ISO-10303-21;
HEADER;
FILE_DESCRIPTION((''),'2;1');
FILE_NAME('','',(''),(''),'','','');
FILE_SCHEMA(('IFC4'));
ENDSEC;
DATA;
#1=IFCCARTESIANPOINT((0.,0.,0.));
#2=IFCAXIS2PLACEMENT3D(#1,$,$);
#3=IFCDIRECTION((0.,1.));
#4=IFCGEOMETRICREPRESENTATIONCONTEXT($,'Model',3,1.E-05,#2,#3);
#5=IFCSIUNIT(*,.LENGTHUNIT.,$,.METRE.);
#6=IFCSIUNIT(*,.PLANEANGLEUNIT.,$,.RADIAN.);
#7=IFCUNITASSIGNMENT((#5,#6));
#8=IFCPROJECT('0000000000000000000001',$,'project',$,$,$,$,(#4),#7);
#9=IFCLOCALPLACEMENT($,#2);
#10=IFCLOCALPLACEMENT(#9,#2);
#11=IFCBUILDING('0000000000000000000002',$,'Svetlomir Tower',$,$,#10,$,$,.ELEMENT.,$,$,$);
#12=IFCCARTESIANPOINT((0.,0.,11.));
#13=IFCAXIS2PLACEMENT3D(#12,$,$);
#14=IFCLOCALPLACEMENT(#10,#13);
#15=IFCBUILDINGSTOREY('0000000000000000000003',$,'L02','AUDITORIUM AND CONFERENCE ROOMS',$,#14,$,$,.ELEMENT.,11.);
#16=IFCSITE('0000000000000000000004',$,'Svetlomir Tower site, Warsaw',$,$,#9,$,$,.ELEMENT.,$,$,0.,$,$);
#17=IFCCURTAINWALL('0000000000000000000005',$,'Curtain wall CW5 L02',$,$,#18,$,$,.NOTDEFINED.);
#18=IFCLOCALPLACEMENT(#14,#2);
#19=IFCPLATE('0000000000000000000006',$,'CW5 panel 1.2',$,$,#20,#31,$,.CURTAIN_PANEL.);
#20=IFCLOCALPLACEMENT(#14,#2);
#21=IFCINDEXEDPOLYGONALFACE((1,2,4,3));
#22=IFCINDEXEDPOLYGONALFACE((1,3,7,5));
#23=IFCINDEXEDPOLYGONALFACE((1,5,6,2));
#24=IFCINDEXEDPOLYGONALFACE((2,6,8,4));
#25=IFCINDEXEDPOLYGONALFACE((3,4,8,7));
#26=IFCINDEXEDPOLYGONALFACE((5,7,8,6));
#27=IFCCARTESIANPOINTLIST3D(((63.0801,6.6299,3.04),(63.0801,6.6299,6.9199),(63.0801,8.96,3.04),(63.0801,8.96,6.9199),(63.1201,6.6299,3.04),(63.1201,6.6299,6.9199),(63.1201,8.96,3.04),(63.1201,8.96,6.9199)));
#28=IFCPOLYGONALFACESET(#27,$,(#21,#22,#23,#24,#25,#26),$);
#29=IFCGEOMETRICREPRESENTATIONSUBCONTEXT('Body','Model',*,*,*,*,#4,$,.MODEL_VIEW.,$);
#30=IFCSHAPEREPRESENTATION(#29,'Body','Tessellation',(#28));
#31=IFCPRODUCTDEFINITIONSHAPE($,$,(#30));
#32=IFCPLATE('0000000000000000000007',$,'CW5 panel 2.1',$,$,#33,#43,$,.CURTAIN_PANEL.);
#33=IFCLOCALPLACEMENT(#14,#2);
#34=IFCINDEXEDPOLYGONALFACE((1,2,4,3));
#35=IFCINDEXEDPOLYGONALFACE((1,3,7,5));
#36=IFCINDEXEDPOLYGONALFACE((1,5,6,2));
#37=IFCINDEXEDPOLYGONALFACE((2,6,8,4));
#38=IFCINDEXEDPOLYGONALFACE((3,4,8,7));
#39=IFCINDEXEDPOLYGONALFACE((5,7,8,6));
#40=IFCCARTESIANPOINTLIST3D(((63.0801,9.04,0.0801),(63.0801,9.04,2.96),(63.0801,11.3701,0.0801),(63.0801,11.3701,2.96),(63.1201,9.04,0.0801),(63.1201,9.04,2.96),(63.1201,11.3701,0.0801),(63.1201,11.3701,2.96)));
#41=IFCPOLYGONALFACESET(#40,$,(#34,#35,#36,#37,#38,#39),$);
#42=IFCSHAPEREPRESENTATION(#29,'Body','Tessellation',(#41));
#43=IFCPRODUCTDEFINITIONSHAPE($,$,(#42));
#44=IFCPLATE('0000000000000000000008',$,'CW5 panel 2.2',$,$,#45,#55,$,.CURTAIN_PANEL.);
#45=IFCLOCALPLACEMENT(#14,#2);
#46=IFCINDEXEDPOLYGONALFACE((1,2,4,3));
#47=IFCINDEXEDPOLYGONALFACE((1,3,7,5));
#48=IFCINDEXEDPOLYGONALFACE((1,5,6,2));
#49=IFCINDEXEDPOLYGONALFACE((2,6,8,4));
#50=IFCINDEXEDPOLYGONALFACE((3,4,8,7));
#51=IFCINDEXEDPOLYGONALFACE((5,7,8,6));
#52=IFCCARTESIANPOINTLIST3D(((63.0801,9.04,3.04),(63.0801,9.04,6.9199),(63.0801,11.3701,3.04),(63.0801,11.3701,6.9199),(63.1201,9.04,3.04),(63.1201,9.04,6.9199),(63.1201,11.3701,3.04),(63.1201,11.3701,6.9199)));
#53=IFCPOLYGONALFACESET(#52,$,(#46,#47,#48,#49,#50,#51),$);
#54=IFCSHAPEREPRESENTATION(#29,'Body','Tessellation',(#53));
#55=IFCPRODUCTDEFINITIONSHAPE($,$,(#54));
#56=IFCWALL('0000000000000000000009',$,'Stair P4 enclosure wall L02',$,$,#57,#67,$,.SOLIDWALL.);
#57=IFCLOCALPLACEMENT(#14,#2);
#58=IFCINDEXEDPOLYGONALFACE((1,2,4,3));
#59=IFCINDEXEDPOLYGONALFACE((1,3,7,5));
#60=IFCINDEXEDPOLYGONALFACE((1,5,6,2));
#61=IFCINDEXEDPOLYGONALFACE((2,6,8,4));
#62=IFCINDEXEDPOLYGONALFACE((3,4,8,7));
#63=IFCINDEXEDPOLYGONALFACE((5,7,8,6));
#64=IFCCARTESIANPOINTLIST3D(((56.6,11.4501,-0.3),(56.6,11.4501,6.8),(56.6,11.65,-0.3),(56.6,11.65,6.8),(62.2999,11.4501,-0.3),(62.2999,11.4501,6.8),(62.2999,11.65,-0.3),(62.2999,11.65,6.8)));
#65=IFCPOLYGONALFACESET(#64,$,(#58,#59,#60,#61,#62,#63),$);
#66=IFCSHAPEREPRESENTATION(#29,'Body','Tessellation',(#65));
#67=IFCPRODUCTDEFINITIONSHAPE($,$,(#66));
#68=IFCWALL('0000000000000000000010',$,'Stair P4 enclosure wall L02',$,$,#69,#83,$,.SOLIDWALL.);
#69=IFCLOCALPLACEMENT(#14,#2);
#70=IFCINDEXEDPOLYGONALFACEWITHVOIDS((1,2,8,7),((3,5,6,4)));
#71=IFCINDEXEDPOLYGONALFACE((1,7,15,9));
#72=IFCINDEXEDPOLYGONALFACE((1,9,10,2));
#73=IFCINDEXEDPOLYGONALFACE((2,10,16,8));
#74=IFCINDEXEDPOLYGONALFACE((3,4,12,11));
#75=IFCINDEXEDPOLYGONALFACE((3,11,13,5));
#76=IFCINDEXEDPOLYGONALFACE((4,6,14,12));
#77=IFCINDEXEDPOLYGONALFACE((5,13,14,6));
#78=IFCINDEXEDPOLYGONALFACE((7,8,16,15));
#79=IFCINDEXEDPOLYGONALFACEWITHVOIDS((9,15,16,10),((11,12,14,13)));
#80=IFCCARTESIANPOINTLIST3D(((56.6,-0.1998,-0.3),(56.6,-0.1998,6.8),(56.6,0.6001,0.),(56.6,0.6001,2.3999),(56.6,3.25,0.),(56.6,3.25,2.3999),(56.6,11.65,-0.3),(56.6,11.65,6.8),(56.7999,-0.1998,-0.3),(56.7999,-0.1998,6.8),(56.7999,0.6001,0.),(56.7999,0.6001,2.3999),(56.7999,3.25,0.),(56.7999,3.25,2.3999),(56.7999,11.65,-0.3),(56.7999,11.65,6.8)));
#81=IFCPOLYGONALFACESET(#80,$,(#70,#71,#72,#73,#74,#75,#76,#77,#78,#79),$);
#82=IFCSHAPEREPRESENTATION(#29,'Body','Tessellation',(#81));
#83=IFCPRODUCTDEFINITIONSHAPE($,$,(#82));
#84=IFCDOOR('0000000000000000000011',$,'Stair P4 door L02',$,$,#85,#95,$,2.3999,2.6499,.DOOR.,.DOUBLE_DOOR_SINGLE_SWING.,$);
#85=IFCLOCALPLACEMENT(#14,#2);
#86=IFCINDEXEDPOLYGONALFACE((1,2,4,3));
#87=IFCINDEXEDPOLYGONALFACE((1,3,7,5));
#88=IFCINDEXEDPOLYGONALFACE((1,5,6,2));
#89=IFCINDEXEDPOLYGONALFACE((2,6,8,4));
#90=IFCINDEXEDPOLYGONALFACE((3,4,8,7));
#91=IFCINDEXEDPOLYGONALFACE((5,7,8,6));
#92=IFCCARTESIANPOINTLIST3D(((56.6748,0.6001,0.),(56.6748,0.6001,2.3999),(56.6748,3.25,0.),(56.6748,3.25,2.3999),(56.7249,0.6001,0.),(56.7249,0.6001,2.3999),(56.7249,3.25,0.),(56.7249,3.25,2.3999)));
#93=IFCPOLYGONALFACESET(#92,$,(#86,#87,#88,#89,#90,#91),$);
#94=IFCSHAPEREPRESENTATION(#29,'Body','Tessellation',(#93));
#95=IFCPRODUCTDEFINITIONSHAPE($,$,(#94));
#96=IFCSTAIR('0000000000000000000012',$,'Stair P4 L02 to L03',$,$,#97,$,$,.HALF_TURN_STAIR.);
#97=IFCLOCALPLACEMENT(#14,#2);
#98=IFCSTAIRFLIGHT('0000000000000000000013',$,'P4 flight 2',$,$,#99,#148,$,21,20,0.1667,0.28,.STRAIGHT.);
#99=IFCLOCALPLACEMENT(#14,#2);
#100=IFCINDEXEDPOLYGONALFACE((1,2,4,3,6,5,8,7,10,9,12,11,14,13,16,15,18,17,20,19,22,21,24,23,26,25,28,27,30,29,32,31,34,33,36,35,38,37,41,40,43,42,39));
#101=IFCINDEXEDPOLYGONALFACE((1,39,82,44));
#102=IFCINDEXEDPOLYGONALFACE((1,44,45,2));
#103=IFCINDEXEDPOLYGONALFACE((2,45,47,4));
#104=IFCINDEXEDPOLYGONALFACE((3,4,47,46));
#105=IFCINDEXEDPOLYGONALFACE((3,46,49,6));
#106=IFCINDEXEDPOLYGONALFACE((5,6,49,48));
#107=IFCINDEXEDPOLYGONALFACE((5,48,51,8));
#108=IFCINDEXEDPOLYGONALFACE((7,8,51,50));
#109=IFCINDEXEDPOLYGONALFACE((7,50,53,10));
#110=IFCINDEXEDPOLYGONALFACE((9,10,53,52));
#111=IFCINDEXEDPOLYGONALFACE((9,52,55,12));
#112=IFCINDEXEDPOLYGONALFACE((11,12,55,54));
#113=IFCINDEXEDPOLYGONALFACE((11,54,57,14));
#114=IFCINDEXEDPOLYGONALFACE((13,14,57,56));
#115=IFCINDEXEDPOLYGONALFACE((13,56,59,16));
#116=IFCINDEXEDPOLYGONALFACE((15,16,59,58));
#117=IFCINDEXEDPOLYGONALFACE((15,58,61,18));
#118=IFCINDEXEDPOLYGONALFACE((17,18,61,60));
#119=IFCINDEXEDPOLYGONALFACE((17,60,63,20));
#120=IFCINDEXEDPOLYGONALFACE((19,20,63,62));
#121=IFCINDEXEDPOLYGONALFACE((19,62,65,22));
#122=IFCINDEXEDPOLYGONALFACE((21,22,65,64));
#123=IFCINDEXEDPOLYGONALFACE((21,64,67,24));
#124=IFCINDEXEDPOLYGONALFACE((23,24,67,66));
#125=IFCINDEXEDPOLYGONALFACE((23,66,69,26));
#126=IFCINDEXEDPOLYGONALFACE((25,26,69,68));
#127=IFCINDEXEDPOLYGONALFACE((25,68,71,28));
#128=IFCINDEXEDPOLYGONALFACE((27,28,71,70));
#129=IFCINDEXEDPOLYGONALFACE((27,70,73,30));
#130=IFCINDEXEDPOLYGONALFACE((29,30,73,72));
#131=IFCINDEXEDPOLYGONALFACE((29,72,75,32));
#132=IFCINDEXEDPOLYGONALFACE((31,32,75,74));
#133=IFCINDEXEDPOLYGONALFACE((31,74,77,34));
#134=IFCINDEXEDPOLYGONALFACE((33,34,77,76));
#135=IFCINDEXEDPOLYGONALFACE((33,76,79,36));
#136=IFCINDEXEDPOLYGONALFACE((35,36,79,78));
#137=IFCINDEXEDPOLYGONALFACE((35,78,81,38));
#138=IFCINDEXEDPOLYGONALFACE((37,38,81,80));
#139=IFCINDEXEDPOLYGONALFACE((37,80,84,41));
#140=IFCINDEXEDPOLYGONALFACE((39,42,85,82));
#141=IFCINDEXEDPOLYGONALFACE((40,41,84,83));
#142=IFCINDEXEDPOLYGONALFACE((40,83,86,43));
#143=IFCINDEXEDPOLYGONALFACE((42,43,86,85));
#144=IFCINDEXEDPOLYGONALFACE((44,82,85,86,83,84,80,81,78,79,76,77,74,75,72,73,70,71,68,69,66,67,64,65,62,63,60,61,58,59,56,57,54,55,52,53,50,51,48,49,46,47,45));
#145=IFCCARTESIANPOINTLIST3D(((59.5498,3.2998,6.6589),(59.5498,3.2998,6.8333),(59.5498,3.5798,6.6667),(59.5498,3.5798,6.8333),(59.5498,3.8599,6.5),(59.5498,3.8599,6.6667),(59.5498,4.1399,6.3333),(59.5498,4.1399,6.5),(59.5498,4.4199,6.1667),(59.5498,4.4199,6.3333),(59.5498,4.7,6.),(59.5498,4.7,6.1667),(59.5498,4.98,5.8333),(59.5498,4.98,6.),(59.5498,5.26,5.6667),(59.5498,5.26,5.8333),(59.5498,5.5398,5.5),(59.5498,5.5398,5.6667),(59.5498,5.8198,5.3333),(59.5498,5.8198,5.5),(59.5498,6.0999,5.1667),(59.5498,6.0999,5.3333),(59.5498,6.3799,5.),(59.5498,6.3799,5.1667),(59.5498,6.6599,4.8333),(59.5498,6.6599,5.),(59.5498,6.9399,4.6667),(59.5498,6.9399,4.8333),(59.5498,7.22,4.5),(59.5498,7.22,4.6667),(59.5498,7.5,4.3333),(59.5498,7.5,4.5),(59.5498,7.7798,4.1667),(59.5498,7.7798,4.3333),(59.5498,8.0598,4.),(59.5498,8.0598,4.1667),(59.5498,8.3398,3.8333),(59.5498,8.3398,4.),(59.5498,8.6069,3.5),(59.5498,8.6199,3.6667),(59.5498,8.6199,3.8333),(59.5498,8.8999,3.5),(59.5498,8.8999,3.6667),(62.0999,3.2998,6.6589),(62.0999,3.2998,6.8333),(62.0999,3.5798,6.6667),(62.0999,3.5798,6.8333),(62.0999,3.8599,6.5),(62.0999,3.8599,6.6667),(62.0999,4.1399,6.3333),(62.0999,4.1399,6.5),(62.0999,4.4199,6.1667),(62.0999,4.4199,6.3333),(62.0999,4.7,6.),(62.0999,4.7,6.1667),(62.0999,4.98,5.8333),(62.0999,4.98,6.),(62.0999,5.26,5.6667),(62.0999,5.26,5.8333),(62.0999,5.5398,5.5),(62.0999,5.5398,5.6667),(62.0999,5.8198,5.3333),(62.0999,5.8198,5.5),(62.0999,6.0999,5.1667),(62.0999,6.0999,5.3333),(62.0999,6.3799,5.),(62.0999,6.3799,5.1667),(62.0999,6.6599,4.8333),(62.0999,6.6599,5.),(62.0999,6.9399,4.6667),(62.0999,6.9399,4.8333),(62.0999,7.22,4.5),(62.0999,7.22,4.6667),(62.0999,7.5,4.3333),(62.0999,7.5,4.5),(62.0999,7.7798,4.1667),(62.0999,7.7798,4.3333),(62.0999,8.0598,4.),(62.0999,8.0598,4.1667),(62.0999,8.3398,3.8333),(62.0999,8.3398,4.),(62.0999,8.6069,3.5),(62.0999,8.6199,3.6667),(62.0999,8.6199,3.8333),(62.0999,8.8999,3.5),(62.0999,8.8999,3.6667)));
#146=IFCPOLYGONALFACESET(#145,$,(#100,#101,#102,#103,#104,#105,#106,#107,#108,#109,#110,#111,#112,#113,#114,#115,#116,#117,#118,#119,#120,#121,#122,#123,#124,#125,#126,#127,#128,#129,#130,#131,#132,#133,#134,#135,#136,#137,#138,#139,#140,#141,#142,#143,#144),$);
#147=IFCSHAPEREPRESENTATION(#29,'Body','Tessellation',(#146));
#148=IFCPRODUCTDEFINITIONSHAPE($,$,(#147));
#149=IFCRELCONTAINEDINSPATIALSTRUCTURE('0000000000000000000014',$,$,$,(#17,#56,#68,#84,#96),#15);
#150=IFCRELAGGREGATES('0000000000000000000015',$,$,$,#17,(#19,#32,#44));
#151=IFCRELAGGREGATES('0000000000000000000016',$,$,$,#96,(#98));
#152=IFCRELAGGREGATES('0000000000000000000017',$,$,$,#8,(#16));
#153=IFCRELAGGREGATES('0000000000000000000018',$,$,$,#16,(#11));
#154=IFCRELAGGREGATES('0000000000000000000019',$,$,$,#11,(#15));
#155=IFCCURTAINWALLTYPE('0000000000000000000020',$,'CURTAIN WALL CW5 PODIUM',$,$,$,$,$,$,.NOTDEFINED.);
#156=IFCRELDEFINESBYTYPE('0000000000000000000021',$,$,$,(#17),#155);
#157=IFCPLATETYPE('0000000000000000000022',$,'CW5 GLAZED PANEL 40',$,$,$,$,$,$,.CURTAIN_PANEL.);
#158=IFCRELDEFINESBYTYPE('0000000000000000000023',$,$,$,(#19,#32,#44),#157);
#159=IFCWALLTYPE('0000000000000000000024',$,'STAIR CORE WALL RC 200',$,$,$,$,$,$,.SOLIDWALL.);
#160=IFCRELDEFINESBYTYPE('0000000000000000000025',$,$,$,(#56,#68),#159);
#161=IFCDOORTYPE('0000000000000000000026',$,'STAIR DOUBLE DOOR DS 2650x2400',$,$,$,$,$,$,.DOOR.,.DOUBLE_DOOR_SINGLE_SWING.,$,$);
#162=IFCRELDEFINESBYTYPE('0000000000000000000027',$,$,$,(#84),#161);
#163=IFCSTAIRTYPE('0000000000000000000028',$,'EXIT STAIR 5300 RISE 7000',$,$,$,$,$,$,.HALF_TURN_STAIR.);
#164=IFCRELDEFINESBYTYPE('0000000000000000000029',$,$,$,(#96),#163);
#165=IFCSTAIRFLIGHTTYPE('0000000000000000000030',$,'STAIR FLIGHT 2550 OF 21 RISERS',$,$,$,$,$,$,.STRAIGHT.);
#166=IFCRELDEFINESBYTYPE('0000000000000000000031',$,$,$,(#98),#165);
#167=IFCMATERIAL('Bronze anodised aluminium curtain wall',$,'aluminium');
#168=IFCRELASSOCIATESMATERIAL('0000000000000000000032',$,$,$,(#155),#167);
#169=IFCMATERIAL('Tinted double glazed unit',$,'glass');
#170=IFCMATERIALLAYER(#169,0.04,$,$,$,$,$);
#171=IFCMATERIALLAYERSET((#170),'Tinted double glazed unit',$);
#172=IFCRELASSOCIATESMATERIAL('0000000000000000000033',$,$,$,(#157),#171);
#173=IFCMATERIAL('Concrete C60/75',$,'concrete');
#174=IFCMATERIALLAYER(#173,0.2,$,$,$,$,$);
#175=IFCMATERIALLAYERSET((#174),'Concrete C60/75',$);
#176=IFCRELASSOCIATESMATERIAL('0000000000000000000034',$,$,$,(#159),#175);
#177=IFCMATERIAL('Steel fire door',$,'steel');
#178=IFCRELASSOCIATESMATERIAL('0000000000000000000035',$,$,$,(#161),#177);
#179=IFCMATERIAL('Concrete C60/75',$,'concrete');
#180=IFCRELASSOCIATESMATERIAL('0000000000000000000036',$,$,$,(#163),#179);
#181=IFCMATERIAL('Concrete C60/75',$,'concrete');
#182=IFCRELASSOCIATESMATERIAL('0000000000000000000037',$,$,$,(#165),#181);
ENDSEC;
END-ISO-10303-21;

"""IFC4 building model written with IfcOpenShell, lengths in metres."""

from ifc_helpers import new_model, si_unit, direction, frame, frame_2d, origin, origin_2d, place, context, subcontext, project, spatial, polyline, rectangle, outline, extrude, material, layer, layer_set, type_object, element, fill, aggregate, save


model = new_model("IFC4")

# Units and contexts
model_context = context("Model", 3, precision=1e-05, world=origin(), true_north=direction((0.0, 1.0)))
body_context = subcontext(model_context, "Body", "Model", "MODEL_VIEW")
ifc_project = project(units=[si_unit("LENGTHUNIT", "METRE"), si_unit("PLANEANGLEUNIT", "RADIAN")], contexts=[model_context])

# Site, building, storey
site_placement = place(None, origin())
site = spatial("IfcSite", under=ifc_project, at=site_placement, Name="Svetlomir Tower site, Warsaw", CompositionType="ELEMENT", RefElevation=0.0)
building_placement = place(site_placement, origin())
building = spatial("IfcBuilding", under=site, at=building_placement, Name="Svetlomir Tower", CompositionType="ELEMENT")
storey_placement = place(building_placement, frame((0.0, 0.0, 11.0)))
storey = spatial("IfcBuildingStorey", under=building, at=storey_placement, Name="L02", Description="AUDITORIUM AND CONFERENCE ROOMS", CompositionType="ELEMENT", Elevation=11.0)

# Shared definitions
ifc_material_1 = material(Name="Bronze anodised aluminium curtain wall", Category="aluminium")
curtain_wall_type = type_object("IfcCurtainWallType", Name="CURTAIN WALL CW5 PODIUM", PredefinedType="NOTDEFINED", material=ifc_material_1)

# Curtain wall
curtain_wall_1_placement = place(storey_placement, origin())
curtain_wall_1 = element("IfcCurtainWall", 1, at=curtain_wall_1_placement, inside=storey, type_object=curtain_wall_type, Name="Curtain wall CW5 L02", PredefinedType="NOTDEFINED")

# Plates
ifc_material_2 = material(Name="Tinted double glazed unit", Category="glass")
ifc_layer_1 = layer(ifc_material_2, 0.04)
ifc_layer_set_1 = layer_set([ifc_layer_1], Name="Tinted double glazed unit")
plate_type = type_object("IfcPlateType", Name="CW5 GLAZED PANEL 40", PredefinedType="CURTAIN_PANEL", material=ifc_layer_set_1)
plate_1_placement = place(storey_placement, frame((63.1001, 7.7949, 3.04), z_axis=(0.0, 0.0, 1.0), x_axis=(0.0, 1.0, 0.0)))
plate_1 = element("IfcPlate", 2, at=plate_1_placement, type_object=plate_type, Name="CW5 panel 1.2", PredefinedType="CURTAIN_PANEL", context=body_context, shape_type="SweptSolid", body=[
    extrude(rectangle(XDim=2.3301, YDim=0.04, at=origin_2d()), origin(), (0.0, 0.0, 1.0), 3.8799),
])
plate_2_placement = place(storey_placement, frame((63.1001, 10.2051, 0.0801), z_axis=(0.0, 0.0, 1.0), x_axis=(0.0, 1.0, 0.0)))
plate_2 = element("IfcPlate", 3, at=plate_2_placement, type_object=plate_type, Name="CW5 panel 2.1", PredefinedType="CURTAIN_PANEL", context=body_context, shape_type="SweptSolid", body=[
    extrude(rectangle(XDim=2.3301, YDim=0.04, at=origin_2d()), origin(), (0.0, 0.0, 1.0), 2.8799),
])
plate_3_placement = place(storey_placement, frame((63.1001, 10.2051, 3.04), z_axis=(0.0, 0.0, 1.0), x_axis=(0.0, 1.0, 0.0)))
plate_3 = element("IfcPlate", 4, at=plate_3_placement, type_object=plate_type, Name="CW5 panel 2.2", PredefinedType="CURTAIN_PANEL", context=body_context, shape_type="SweptSolid", body=[
    extrude(rectangle(XDim=2.3301, YDim=0.04, at=origin_2d()), origin(), (0.0, 0.0, 1.0), 3.8799),
])
aggregate(curtain_wall_1, [plate_1, plate_2, plate_3])

# Wall
ifc_material_3 = material(Name="Concrete C60/75", Category="concrete")
ifc_layer_2 = layer(ifc_material_3, 0.2)
ifc_layer_set_2 = layer_set([ifc_layer_2], Name="Concrete C60/75")
wall_type = type_object("IfcWallType", Name="STAIR CORE WALL RC 200", PredefinedType="SOLIDWALL", material=ifc_layer_set_2)
wall_1_placement = place(storey_placement, frame((62.3, 11.55, -0.3), z_axis=(0.0, 0.0, 1.0), x_axis=(-1.0, 0.0, 0.0)))
element("IfcWall", 5, at=wall_1_placement, inside=storey, type_object=wall_type, Name="Stair P4 enclosure wall L02", PredefinedType="SOLIDWALL", context=body_context, shape_type="SweptSolid", body=[
    extrude(rectangle(XDim=5.7, YDim=0.2, at=frame_2d((2.8501, 0.0))), origin(), (0.0, 0.0, 1.0), 7.1001),
])

# Wall, opening, door
wall_2_placement = place(storey_placement, frame((56.7, 11.6499, -0.3), z_axis=(0.0, 0.0, 1.0), x_axis=(0.0, -1.0, 0.0)))
wall_2 = element("IfcWall", 6, at=wall_2_placement, inside=storey, type_object=wall_type, Name="Stair P4 enclosure wall L02", PredefinedType="SOLIDWALL", context=body_context, shape_type="SweptSolid", body=[
    extrude(rectangle(XDim=11.8499, YDim=0.2, at=frame_2d((5.9248, 0.0))), origin(), (0.0, 0.0, 1.0), 7.1001),
])
opening_placement = place(wall_2_placement, frame((8.3999, 0.0, 0.3)))
opening = element("IfcOpeningElement", 7, at=opening_placement, cuts=wall_2, PredefinedType="OPENING", context=body_context, shape_type="SweptSolid", body=[
    extrude(rectangle(XDim=2.6499, YDim=2.3999, at=frame_2d((1.325, 1.2))), frame((0.0, 0.1099, 0.0), z_axis=(0.0, -1.0, 0.0), x_axis=(1.0, 0.0, 0.0)), (0.0, 0.0, 1.0), 0.22),
])
ifc_material_4 = material(Name="Steel fire door", Category="steel")
door_type = type_object("IfcDoorType", Name="STAIR DOUBLE DOOR DS 2650x2400", OperationType="DOUBLE_DOOR_SINGLE_SWING", PredefinedType="DOOR", material=ifc_material_4)
door_placement = place(opening_placement, origin())
door = element("IfcDoor", 8, at=door_placement, inside=storey, type_object=door_type, Name="Stair P4 door L02", OperationType="DOUBLE_DOOR_SINGLE_SWING", OverallHeight=2.3999, OverallWidth=2.6499, PredefinedType="DOOR", context=body_context, shape_type="SweptSolid", body=[
    extrude(rectangle(XDim=2.6499, YDim=2.3999, at=frame_2d((1.325, 1.2))), frame((0.0, 0.0249, 0.0), z_axis=(0.0, -1.0, 0.0), x_axis=(1.0, 0.0, 0.0)), (0.0, 0.0, 1.0), 0.05),
])
fill(opening, door)

# Stair, stair flight
ifc_material_5 = material(Name="Concrete C60/75", Category="concrete")
stair_type = type_object("IfcStairType", Name="EXIT STAIR 5300 RISE 7000", PredefinedType="HALF_TURN_STAIR", material=ifc_material_5)
stair_placement = place(storey_placement, origin())
stair = element("IfcStair", 9, at=stair_placement, inside=storey, type_object=stair_type, Name="Stair P4 L02 to L03", PredefinedType="HALF_TURN_STAIR")
ifc_material_6 = material(Name="Concrete C60/75", Category="concrete")
stair_flight_type = type_object("IfcStairFlightType", Name="STAIR FLIGHT 2550 OF 21 RISERS", PredefinedType="STRAIGHT", material=ifc_material_6)
stair_flight_placement = place(storey_placement, frame((60.825, 8.8999, 3.5), z_axis=(0.0, 0.0, 1.0), x_axis=(0.0, -1.0, 0.0)))
stair_flight = element("IfcStairFlight", 10, at=stair_flight_placement, type_object=stair_flight_type, Name="P4 flight 2", NumberOfRisers=21, NumberOfTreads=20, PredefinedType="STRAIGHT", RiserHeight=0.1667, TreadLength=0.28, context=body_context, shape_type="SweptSolid", body=[
    extrude(outline(polyline([(0.0, 0.0), (0.0, 0.1667), (0.28, 0.1667), (0.28, 0.3333), (0.5601, 0.3333), (0.5601, 0.5), (0.8401, 0.5), (0.8401, 0.6667), (1.1201, 0.6667), (1.1201, 0.8333), (1.3999, 0.8333), (1.3999, 1.0), (1.6799, 1.0), (1.6799, 1.1667), (1.96, 1.1667), (1.96, 1.3333), (2.24, 1.3333), (2.24, 1.5), (2.52, 1.5), (2.52, 1.6667), (2.8, 1.6667), (2.8, 1.8333), (3.0801, 1.8333), (3.0801, 2.0), (3.3601, 2.0), (3.3601, 2.1667), (3.6399, 2.1667), (3.6399, 2.3333), (3.9199, 2.3333), (3.9199, 2.5), (4.2, 2.5), (4.2, 2.6667), (4.48, 2.6667), (4.48, 2.8333), (4.76, 2.8333), (4.76, 3.0), (5.04, 3.0), (5.04, 3.1667), (5.3201, 3.1667), (5.3201, 3.3333), (5.6001, 3.3333), (5.6001, 3.5), (5.6001, 3.1589), (0.293, 0.0), (0.0, 0.0)])), frame((0.0, 1.2749, 0.0), z_axis=(0.0, -1.0, 0.0), x_axis=(1.0, 0.0, 0.0)), (0.0, 0.0, 1.0), 2.55),
])
aggregate(stair, [stair_flight])

save(model, "model.ifc")
